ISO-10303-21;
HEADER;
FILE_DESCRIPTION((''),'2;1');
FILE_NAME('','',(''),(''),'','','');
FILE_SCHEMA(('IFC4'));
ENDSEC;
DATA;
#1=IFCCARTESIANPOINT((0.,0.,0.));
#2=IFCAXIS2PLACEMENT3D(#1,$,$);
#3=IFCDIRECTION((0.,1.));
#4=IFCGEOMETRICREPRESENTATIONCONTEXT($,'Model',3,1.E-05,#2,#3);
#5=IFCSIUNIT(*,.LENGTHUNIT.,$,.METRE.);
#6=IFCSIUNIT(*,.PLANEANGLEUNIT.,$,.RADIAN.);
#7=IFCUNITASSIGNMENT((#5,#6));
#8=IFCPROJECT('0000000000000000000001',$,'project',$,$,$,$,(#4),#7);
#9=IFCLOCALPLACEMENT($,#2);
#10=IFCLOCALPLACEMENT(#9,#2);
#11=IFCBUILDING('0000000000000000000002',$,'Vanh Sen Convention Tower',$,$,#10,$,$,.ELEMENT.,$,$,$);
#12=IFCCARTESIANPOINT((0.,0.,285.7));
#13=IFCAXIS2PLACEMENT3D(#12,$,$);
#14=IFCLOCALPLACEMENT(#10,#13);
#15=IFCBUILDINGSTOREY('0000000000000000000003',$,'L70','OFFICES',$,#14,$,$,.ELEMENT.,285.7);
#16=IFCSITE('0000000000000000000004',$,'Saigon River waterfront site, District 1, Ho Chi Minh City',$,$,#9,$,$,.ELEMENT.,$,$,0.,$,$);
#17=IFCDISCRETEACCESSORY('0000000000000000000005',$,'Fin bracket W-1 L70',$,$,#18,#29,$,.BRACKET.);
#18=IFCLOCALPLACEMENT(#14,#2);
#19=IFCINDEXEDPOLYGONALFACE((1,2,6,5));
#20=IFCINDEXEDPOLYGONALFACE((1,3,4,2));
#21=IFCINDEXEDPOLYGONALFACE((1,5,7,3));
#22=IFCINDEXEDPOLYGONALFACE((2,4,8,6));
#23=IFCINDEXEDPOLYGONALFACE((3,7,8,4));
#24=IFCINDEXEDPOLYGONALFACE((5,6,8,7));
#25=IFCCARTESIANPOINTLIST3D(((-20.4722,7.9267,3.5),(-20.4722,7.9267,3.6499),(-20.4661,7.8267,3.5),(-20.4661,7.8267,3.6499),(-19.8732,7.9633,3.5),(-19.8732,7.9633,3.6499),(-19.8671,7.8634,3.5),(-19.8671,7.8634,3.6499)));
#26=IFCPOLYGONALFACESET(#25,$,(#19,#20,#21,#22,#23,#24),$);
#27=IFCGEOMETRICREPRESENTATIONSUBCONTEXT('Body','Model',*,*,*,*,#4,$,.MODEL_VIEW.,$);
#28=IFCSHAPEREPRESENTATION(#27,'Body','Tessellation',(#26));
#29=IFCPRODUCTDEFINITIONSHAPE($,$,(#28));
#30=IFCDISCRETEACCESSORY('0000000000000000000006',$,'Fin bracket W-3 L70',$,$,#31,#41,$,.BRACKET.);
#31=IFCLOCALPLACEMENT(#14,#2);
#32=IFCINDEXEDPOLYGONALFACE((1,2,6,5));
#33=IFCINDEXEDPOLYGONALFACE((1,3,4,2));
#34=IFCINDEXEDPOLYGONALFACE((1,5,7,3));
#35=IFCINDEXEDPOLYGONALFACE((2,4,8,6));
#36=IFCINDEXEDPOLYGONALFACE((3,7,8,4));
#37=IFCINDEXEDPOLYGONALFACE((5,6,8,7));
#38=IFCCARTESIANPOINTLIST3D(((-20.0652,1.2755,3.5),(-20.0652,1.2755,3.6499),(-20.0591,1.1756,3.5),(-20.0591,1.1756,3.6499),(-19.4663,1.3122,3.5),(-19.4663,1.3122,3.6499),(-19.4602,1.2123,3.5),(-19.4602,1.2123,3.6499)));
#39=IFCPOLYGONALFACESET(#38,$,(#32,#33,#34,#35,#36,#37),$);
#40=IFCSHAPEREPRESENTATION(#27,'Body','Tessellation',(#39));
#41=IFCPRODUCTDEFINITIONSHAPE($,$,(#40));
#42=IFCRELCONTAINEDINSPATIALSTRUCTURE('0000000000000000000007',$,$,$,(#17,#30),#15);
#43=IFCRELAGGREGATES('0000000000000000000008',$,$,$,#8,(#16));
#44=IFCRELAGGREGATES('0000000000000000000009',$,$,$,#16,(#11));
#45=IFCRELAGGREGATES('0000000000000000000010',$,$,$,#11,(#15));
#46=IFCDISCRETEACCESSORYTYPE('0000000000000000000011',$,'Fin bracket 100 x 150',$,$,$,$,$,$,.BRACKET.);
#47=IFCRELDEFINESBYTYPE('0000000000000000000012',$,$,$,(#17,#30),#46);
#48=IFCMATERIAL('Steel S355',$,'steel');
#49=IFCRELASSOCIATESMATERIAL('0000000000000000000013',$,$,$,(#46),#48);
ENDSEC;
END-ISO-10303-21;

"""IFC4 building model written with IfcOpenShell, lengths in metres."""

from ifc_helpers import new_model, si_unit, direction, frame, origin, origin_2d, place, context, subcontext, project, spatial, rectangle, extrude, material, type_object, element, save


model = new_model("IFC4")

# Units and contexts
model_context = context("Model", 3, precision=1e-05, world=origin(), true_north=direction((0.0, 1.0)))
body_context = subcontext(model_context, "Body", "Model", "MODEL_VIEW")
ifc_project = project(units=[si_unit("LENGTHUNIT", "METRE"), si_unit("PLANEANGLEUNIT", "RADIAN")], contexts=[model_context])

# Site, building, storey
site_placement = place(None, origin())
site = spatial("IfcSite", under=ifc_project, at=site_placement, Name="Saigon River waterfront site, District 1, Ho Chi Minh City", CompositionType="ELEMENT", RefElevation=0.0)
building_placement = place(site_placement, origin())
building = spatial("IfcBuilding", under=site, at=building_placement, Name="Vanh Sen Convention Tower", CompositionType="ELEMENT")
storey_placement = place(building_placement, frame((0.0, 0.0, 285.7)))
storey = spatial("IfcBuildingStorey", under=building, at=storey_placement, Name="L70", Description="OFFICES", CompositionType="ELEMENT", Elevation=285.7)

# Discrete accessories
ifc_material_1 = material(Name="Steel S355", Category="steel")
discrete_accessory_type = type_object("IfcDiscreteAccessoryType", Name="Fin bracket 100 x 150", PredefinedType="BRACKET", material=ifc_material_1)
for number, where, z_axis, x_axis, name in (
    (1, (-20.1697, 7.895, 3.5), (0.0, 0.0, 1.0), (-0.998135, -0.061049, 0.0), "Fin bracket W-1 L70"),
    (2, (-19.7627, 1.2439, 3.5), (0.0, 0.0, 1.0), (-0.998135, -0.061049, 0.0), "Fin bracket W-3 L70"),
):
    element("IfcDiscreteAccessory", number, at=place(storey_placement, frame(where, z_axis=z_axis, x_axis=x_axis)), inside=storey, type_object=discrete_accessory_type, Name=name, PredefinedType="BRACKET", context=body_context, shape_type="SweptSolid", body=[
        extrude(rectangle(XDim=0.6001, YDim=0.1001, at=origin_2d()), origin(), (0.0, 0.0, 1.0), 0.1499),
    ])

save(model, "model.ifc")
